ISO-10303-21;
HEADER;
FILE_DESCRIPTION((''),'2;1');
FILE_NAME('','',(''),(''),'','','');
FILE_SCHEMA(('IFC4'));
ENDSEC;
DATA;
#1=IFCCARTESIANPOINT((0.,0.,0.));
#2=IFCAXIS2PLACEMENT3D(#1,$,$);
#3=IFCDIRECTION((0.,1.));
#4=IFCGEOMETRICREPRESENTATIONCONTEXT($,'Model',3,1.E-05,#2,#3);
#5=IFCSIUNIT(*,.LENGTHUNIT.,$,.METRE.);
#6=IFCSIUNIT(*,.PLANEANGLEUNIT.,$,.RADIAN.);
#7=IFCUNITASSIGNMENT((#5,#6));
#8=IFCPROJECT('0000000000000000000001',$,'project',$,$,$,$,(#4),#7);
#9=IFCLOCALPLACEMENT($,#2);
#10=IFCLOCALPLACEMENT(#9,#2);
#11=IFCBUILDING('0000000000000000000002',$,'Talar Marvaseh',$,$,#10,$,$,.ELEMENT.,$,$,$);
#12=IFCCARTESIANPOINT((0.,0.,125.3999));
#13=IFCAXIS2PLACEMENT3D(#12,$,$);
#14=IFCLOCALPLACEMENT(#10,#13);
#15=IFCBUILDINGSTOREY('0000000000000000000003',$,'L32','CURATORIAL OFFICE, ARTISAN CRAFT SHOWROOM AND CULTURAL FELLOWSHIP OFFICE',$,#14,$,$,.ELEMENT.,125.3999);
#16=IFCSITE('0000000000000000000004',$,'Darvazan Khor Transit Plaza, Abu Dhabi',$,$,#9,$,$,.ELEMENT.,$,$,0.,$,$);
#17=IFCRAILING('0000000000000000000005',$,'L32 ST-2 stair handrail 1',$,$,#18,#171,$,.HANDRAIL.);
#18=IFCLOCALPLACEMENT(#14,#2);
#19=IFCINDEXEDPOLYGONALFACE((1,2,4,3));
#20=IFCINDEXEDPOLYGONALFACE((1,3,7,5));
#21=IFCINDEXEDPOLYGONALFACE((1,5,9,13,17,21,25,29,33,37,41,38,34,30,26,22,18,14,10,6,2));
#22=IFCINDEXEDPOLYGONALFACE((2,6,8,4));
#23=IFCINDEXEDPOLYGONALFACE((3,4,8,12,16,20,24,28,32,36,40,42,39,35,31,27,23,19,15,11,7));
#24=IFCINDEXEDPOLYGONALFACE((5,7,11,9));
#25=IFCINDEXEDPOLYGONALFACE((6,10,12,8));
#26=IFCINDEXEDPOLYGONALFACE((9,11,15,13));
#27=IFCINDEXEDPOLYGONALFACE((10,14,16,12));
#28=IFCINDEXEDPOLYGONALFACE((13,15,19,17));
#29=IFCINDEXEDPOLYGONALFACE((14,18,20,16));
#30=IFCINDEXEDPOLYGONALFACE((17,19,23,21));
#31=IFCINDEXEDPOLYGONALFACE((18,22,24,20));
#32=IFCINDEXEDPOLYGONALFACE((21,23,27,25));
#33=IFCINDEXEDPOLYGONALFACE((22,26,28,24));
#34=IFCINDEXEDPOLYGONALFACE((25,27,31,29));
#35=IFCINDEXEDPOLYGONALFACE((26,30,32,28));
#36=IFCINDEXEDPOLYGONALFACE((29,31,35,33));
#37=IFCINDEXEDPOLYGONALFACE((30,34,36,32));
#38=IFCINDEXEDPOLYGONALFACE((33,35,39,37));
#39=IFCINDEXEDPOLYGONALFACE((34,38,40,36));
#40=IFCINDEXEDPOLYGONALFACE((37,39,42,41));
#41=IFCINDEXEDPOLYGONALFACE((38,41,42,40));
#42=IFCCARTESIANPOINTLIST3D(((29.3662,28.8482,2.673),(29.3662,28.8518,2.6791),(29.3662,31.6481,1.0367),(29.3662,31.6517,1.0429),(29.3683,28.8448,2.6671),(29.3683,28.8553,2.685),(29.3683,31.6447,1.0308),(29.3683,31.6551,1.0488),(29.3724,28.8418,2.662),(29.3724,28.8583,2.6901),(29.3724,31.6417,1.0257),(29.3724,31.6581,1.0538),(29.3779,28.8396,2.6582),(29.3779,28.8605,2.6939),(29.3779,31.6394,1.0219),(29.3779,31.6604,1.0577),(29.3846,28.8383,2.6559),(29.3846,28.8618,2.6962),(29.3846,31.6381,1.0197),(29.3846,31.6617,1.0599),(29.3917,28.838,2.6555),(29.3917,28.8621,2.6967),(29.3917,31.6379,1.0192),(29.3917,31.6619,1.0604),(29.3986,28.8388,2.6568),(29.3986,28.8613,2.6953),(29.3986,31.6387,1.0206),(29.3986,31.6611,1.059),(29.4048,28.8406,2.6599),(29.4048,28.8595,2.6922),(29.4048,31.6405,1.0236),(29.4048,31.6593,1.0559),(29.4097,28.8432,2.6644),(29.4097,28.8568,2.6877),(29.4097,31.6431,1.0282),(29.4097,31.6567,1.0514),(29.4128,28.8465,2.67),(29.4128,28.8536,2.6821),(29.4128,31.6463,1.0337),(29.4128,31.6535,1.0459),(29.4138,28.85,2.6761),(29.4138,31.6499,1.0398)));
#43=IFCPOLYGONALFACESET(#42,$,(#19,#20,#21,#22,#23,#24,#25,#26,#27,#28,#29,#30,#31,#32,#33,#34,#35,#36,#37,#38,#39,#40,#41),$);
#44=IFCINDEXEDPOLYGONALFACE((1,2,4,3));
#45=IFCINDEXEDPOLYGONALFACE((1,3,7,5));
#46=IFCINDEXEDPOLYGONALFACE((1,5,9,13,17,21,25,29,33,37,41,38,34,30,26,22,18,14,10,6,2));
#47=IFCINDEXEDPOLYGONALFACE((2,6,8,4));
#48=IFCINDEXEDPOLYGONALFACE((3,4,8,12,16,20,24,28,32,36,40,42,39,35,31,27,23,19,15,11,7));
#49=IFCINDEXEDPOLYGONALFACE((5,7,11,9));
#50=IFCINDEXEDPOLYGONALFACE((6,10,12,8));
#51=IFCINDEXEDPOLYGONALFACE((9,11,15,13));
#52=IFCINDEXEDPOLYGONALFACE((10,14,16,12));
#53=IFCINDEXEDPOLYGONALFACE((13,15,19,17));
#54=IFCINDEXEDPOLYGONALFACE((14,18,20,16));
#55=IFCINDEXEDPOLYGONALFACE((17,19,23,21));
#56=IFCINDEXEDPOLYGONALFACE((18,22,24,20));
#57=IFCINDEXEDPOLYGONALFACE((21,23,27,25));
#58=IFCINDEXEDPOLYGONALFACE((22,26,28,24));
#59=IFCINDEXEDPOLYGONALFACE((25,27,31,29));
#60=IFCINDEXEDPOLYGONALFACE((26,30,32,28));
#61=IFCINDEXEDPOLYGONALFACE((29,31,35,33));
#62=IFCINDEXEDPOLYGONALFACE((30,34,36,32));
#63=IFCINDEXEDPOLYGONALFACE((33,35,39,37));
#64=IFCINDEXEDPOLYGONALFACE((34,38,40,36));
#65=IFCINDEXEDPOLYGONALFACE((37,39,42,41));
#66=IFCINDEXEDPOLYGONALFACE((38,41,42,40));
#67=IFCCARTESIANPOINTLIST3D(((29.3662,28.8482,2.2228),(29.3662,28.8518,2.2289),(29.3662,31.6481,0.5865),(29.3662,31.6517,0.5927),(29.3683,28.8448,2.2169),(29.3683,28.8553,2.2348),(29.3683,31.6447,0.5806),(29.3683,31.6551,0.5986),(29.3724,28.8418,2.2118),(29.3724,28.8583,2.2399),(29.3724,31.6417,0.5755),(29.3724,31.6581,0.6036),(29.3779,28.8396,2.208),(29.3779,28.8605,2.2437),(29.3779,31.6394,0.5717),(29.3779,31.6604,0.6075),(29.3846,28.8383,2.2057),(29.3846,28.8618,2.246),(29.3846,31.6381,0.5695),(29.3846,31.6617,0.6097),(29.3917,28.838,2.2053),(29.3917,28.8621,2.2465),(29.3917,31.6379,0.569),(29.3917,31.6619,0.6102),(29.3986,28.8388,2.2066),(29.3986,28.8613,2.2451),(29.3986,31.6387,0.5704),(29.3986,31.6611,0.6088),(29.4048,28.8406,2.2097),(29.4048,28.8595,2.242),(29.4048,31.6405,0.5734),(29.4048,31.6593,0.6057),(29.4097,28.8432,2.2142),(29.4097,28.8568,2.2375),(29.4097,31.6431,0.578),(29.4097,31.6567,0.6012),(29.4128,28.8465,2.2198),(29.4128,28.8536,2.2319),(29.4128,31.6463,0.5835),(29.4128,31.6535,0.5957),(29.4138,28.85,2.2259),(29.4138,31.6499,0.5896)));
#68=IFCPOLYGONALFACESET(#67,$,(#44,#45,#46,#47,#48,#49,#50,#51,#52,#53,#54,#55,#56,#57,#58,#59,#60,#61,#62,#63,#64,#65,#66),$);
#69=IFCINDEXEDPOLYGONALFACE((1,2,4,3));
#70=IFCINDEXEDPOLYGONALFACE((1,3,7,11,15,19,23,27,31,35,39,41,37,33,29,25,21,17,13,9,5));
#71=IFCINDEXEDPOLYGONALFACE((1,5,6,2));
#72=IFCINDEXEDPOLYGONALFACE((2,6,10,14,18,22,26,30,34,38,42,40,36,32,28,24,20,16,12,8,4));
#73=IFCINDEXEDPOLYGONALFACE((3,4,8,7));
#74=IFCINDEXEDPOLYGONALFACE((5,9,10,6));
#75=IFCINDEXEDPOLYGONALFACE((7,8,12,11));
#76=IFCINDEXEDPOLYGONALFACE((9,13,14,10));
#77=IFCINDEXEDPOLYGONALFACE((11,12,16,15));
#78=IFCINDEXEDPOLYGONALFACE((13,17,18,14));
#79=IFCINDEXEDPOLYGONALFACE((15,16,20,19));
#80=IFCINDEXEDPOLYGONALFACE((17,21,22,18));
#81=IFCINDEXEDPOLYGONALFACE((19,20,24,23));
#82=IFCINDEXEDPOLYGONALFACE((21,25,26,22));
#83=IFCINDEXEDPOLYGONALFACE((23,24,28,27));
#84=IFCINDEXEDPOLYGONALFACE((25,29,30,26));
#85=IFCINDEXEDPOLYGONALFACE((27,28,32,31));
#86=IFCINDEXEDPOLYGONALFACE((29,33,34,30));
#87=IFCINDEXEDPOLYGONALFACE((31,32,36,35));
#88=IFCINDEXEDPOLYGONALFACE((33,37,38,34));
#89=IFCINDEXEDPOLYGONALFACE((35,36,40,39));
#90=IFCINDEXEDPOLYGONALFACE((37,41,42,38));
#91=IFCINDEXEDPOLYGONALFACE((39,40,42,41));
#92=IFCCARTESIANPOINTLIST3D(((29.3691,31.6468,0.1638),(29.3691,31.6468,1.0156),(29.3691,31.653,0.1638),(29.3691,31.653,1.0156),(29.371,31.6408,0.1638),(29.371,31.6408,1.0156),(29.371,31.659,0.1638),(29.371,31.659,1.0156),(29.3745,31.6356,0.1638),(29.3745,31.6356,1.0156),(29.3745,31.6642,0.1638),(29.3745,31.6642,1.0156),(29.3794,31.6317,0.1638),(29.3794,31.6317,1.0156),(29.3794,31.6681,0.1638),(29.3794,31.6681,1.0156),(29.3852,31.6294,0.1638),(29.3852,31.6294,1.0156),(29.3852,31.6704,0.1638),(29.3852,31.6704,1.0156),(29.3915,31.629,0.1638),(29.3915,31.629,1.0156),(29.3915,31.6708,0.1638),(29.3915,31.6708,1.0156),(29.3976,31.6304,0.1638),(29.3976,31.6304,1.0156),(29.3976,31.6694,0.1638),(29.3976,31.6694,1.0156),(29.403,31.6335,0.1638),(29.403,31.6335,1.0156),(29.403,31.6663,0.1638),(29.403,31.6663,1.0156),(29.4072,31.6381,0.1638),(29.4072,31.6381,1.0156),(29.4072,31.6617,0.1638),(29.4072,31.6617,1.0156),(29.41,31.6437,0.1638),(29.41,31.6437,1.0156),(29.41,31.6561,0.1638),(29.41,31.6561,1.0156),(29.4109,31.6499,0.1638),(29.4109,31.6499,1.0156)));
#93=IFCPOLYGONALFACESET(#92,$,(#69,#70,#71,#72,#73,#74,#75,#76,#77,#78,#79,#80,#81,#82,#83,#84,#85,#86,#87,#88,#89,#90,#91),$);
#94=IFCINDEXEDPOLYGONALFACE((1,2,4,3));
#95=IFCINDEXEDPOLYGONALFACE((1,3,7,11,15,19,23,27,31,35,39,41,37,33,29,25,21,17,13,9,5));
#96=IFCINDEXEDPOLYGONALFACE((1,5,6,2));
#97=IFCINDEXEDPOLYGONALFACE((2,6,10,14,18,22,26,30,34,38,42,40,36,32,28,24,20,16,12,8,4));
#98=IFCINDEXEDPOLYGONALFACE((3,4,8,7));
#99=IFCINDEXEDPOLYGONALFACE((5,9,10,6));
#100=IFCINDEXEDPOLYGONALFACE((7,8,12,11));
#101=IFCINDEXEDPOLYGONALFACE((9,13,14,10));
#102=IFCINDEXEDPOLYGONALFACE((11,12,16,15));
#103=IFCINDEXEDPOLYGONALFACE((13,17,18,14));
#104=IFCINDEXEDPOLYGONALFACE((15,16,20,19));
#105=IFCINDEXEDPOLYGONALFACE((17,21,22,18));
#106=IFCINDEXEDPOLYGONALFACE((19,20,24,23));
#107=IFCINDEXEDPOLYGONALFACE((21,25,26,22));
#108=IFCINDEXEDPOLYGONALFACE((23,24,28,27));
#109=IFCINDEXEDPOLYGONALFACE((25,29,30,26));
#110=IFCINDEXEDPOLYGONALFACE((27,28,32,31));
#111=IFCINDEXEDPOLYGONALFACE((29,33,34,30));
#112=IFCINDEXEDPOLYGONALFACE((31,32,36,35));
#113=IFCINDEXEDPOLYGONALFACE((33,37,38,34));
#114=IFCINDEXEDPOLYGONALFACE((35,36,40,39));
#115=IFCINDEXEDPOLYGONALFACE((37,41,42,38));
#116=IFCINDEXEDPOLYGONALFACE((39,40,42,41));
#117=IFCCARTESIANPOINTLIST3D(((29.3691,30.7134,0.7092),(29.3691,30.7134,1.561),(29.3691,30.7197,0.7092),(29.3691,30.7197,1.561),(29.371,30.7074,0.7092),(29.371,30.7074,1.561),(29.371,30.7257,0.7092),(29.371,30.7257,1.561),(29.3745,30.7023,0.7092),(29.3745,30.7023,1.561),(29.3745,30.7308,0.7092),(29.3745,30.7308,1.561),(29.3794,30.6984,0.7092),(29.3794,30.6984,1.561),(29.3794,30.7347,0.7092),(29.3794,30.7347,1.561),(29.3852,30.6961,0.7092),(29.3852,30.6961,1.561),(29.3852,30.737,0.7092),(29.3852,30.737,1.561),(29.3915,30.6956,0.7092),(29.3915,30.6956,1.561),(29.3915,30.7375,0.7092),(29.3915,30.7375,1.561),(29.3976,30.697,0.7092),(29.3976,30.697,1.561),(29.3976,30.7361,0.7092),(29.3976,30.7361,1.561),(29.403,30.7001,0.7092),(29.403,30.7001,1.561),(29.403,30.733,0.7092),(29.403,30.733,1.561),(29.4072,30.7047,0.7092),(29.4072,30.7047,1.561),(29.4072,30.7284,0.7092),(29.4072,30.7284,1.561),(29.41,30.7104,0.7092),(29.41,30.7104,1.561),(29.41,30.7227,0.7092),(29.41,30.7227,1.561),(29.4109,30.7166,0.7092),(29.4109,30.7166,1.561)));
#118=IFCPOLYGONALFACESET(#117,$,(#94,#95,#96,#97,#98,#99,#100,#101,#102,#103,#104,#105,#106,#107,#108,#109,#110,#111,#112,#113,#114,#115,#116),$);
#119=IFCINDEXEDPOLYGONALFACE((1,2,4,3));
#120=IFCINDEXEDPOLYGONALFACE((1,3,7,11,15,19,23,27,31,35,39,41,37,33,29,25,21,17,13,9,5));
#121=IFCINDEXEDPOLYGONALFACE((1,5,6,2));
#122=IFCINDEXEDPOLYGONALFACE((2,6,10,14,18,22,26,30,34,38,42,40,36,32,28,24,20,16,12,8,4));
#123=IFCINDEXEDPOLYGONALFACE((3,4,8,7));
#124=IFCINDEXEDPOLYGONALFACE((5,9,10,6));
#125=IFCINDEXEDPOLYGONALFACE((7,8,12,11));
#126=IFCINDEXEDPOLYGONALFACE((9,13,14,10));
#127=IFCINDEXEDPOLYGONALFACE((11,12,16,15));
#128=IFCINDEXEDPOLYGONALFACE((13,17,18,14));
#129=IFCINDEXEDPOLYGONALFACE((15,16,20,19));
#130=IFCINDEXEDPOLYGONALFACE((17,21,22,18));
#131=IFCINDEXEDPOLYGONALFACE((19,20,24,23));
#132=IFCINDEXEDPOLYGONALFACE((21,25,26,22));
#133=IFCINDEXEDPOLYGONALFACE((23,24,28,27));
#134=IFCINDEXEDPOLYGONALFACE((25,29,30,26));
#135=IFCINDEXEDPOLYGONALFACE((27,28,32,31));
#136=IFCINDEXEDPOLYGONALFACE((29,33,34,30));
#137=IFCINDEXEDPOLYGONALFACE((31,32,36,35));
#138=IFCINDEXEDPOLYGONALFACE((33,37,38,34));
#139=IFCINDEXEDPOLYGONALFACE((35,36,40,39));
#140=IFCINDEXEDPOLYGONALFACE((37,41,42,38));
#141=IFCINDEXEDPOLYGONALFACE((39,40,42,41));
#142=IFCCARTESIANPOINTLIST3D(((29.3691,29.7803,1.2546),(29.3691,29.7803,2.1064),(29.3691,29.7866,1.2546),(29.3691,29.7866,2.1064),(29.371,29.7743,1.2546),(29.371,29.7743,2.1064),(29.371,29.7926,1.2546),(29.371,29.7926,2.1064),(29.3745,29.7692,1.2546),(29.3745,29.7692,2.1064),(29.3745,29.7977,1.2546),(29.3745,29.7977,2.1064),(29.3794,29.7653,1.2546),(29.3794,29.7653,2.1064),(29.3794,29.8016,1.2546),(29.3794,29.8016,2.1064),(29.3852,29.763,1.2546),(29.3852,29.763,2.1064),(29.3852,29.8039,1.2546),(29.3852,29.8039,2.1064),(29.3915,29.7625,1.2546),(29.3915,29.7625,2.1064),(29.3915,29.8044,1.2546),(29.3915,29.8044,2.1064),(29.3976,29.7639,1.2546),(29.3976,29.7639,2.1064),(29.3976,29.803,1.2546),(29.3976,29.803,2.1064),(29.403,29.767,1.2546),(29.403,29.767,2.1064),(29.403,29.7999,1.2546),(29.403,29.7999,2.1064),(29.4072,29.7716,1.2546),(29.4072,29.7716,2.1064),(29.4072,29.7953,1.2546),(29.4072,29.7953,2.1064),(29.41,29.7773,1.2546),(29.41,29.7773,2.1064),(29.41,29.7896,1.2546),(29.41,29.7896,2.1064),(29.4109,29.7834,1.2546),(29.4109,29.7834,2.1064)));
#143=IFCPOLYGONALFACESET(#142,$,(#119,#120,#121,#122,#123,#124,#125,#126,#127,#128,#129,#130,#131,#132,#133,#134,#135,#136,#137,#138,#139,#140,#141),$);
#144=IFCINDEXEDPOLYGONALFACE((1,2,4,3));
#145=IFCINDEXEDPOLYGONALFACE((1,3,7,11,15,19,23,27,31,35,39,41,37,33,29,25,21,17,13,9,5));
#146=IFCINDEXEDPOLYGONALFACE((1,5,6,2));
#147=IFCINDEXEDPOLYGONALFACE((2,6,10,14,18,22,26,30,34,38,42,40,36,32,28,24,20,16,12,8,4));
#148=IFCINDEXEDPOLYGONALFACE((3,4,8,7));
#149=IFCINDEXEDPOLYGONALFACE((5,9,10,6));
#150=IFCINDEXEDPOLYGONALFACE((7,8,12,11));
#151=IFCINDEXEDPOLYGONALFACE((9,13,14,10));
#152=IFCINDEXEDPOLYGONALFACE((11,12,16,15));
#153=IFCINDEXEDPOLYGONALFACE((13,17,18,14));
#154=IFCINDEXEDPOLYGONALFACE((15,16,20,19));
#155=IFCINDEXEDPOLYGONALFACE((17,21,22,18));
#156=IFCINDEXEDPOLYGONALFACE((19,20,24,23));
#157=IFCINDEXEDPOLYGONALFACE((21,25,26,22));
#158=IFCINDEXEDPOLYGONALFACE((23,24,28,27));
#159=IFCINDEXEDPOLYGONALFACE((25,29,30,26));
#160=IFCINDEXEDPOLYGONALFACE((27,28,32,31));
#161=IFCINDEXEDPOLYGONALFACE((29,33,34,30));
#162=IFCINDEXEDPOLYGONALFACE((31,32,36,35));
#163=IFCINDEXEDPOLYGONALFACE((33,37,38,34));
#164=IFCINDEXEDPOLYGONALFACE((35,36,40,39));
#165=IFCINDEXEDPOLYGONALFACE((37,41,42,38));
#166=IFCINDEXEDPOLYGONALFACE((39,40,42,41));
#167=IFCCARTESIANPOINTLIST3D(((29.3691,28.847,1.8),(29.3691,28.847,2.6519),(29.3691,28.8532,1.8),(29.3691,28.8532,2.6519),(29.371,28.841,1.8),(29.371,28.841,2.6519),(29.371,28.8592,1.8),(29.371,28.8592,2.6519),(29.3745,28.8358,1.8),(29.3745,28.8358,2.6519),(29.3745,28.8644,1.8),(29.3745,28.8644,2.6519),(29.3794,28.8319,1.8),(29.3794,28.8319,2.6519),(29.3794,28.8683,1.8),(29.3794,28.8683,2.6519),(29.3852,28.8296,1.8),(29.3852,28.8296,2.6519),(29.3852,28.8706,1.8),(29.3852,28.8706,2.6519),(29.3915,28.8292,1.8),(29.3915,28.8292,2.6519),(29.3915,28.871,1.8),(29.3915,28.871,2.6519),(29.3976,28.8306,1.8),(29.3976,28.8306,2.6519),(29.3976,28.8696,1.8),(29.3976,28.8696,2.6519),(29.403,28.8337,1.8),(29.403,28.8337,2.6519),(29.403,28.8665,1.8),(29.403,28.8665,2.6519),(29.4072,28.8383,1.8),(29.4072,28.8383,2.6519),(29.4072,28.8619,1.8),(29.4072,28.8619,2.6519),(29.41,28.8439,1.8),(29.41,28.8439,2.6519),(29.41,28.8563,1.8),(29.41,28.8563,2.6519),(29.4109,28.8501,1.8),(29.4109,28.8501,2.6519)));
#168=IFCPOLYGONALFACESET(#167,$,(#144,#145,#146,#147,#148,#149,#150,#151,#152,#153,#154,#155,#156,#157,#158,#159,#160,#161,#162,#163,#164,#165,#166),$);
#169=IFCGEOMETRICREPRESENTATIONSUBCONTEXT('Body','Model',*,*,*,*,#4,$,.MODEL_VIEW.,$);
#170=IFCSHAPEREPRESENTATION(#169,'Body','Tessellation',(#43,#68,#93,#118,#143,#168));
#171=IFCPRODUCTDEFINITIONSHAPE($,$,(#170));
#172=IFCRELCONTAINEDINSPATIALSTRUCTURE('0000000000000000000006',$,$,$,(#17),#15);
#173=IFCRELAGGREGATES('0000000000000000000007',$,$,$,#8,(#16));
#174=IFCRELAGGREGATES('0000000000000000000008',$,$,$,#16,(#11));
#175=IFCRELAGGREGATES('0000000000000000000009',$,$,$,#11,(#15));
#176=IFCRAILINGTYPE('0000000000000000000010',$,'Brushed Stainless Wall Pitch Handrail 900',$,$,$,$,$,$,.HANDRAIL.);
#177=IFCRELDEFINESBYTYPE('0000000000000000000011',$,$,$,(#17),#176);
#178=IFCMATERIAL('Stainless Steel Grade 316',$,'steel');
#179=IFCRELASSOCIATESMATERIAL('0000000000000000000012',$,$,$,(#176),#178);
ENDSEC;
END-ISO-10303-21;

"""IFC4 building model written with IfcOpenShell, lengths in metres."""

from ifc_helpers import new_model, si_unit, direction, frame, origin, origin_2d, place, context, subcontext, project, spatial, circle, extrude, material, type_object, element, save


model = new_model("IFC4")

# Units and contexts
model_context = context("Model", 3, precision=1e-05, world=origin(), true_north=direction((0.0, 1.0)))
body_context = subcontext(model_context, "Body", "Model", "MODEL_VIEW")
ifc_project = project(units=[si_unit("LENGTHUNIT", "METRE"), si_unit("PLANEANGLEUNIT", "RADIAN")], contexts=[model_context])

# Site, building, storey
site_placement = place(None, origin())
site = spatial("IfcSite", under=ifc_project, at=site_placement, Name="Darvazan Khor Transit Plaza, Abu Dhabi", CompositionType="ELEMENT", RefElevation=0.0)
building_placement = place(site_placement, origin())
building = spatial("IfcBuilding", under=site, at=building_placement, Name="Talar Marvaseh", CompositionType="ELEMENT")
storey_placement = place(building_placement, frame((0.0, 0.0, 125.3999)))
storey = spatial("IfcBuildingStorey", under=building, at=storey_placement, Name="L32", Description="CURATORIAL OFFICE, ARTISAN CRAFT SHOWROOM AND CULTURAL FELLOWSHIP OFFICE", CompositionType="ELEMENT", Elevation=125.3999)

# Shared definitions
ifc_material_1 = material(Name="Stainless Steel Grade 316", Category="steel")

# Railing
railing_type_1 = type_object("IfcRailingType", Name="Brushed Stainless Wall Pitch Handrail 900", PredefinedType="HANDRAIL", material=ifc_material_1)
railing_1_placement = place(storey_placement, frame((29.3899, 31.6499, 0.1638)))
element("IfcRailing", 1, at=railing_1_placement, inside=storey, type_object=railing_type_1, Name="L32 ST-2 stair handrail 1", PredefinedType="HANDRAIL", context=body_context, shape_type="SweptSolid", body=[
    extrude(circle(Radius=0.0239, at=origin_2d()), frame((0.0, 0.0, 0.876), z_axis=(0.0, -0.863374, 0.504564), x_axis=(1.0, 0.0, 0.0)), (0.0, 0.0, 1.0), 3.2429),
    extrude(circle(Radius=0.0239, at=origin_2d()), frame((0.0, 0.0, 0.4258), z_axis=(0.0, -0.863374, 0.504564), x_axis=(1.0, 0.0, 0.0)), (0.0, 0.0, 1.0), 3.2429),
    extrude(circle(Radius=0.021, at=origin_2d()), origin(), (0.0, 0.0, 1.0), 0.8518),
    extrude(circle(Radius=0.021, at=origin_2d()), frame((0.0, -0.9333, 0.5454)), (0.0, 0.0, 1.0), 0.8518),
    extrude(circle(Radius=0.021, at=origin_2d()), frame((0.0, -1.8665, 1.0908)), (0.0, 0.0, 1.0), 0.8518),
    extrude(circle(Radius=0.021, at=origin_2d()), frame((0.0, -2.7998, 1.6362)), (0.0, 0.0, 1.0), 0.8518),
])

save(model, "model.ifc")
